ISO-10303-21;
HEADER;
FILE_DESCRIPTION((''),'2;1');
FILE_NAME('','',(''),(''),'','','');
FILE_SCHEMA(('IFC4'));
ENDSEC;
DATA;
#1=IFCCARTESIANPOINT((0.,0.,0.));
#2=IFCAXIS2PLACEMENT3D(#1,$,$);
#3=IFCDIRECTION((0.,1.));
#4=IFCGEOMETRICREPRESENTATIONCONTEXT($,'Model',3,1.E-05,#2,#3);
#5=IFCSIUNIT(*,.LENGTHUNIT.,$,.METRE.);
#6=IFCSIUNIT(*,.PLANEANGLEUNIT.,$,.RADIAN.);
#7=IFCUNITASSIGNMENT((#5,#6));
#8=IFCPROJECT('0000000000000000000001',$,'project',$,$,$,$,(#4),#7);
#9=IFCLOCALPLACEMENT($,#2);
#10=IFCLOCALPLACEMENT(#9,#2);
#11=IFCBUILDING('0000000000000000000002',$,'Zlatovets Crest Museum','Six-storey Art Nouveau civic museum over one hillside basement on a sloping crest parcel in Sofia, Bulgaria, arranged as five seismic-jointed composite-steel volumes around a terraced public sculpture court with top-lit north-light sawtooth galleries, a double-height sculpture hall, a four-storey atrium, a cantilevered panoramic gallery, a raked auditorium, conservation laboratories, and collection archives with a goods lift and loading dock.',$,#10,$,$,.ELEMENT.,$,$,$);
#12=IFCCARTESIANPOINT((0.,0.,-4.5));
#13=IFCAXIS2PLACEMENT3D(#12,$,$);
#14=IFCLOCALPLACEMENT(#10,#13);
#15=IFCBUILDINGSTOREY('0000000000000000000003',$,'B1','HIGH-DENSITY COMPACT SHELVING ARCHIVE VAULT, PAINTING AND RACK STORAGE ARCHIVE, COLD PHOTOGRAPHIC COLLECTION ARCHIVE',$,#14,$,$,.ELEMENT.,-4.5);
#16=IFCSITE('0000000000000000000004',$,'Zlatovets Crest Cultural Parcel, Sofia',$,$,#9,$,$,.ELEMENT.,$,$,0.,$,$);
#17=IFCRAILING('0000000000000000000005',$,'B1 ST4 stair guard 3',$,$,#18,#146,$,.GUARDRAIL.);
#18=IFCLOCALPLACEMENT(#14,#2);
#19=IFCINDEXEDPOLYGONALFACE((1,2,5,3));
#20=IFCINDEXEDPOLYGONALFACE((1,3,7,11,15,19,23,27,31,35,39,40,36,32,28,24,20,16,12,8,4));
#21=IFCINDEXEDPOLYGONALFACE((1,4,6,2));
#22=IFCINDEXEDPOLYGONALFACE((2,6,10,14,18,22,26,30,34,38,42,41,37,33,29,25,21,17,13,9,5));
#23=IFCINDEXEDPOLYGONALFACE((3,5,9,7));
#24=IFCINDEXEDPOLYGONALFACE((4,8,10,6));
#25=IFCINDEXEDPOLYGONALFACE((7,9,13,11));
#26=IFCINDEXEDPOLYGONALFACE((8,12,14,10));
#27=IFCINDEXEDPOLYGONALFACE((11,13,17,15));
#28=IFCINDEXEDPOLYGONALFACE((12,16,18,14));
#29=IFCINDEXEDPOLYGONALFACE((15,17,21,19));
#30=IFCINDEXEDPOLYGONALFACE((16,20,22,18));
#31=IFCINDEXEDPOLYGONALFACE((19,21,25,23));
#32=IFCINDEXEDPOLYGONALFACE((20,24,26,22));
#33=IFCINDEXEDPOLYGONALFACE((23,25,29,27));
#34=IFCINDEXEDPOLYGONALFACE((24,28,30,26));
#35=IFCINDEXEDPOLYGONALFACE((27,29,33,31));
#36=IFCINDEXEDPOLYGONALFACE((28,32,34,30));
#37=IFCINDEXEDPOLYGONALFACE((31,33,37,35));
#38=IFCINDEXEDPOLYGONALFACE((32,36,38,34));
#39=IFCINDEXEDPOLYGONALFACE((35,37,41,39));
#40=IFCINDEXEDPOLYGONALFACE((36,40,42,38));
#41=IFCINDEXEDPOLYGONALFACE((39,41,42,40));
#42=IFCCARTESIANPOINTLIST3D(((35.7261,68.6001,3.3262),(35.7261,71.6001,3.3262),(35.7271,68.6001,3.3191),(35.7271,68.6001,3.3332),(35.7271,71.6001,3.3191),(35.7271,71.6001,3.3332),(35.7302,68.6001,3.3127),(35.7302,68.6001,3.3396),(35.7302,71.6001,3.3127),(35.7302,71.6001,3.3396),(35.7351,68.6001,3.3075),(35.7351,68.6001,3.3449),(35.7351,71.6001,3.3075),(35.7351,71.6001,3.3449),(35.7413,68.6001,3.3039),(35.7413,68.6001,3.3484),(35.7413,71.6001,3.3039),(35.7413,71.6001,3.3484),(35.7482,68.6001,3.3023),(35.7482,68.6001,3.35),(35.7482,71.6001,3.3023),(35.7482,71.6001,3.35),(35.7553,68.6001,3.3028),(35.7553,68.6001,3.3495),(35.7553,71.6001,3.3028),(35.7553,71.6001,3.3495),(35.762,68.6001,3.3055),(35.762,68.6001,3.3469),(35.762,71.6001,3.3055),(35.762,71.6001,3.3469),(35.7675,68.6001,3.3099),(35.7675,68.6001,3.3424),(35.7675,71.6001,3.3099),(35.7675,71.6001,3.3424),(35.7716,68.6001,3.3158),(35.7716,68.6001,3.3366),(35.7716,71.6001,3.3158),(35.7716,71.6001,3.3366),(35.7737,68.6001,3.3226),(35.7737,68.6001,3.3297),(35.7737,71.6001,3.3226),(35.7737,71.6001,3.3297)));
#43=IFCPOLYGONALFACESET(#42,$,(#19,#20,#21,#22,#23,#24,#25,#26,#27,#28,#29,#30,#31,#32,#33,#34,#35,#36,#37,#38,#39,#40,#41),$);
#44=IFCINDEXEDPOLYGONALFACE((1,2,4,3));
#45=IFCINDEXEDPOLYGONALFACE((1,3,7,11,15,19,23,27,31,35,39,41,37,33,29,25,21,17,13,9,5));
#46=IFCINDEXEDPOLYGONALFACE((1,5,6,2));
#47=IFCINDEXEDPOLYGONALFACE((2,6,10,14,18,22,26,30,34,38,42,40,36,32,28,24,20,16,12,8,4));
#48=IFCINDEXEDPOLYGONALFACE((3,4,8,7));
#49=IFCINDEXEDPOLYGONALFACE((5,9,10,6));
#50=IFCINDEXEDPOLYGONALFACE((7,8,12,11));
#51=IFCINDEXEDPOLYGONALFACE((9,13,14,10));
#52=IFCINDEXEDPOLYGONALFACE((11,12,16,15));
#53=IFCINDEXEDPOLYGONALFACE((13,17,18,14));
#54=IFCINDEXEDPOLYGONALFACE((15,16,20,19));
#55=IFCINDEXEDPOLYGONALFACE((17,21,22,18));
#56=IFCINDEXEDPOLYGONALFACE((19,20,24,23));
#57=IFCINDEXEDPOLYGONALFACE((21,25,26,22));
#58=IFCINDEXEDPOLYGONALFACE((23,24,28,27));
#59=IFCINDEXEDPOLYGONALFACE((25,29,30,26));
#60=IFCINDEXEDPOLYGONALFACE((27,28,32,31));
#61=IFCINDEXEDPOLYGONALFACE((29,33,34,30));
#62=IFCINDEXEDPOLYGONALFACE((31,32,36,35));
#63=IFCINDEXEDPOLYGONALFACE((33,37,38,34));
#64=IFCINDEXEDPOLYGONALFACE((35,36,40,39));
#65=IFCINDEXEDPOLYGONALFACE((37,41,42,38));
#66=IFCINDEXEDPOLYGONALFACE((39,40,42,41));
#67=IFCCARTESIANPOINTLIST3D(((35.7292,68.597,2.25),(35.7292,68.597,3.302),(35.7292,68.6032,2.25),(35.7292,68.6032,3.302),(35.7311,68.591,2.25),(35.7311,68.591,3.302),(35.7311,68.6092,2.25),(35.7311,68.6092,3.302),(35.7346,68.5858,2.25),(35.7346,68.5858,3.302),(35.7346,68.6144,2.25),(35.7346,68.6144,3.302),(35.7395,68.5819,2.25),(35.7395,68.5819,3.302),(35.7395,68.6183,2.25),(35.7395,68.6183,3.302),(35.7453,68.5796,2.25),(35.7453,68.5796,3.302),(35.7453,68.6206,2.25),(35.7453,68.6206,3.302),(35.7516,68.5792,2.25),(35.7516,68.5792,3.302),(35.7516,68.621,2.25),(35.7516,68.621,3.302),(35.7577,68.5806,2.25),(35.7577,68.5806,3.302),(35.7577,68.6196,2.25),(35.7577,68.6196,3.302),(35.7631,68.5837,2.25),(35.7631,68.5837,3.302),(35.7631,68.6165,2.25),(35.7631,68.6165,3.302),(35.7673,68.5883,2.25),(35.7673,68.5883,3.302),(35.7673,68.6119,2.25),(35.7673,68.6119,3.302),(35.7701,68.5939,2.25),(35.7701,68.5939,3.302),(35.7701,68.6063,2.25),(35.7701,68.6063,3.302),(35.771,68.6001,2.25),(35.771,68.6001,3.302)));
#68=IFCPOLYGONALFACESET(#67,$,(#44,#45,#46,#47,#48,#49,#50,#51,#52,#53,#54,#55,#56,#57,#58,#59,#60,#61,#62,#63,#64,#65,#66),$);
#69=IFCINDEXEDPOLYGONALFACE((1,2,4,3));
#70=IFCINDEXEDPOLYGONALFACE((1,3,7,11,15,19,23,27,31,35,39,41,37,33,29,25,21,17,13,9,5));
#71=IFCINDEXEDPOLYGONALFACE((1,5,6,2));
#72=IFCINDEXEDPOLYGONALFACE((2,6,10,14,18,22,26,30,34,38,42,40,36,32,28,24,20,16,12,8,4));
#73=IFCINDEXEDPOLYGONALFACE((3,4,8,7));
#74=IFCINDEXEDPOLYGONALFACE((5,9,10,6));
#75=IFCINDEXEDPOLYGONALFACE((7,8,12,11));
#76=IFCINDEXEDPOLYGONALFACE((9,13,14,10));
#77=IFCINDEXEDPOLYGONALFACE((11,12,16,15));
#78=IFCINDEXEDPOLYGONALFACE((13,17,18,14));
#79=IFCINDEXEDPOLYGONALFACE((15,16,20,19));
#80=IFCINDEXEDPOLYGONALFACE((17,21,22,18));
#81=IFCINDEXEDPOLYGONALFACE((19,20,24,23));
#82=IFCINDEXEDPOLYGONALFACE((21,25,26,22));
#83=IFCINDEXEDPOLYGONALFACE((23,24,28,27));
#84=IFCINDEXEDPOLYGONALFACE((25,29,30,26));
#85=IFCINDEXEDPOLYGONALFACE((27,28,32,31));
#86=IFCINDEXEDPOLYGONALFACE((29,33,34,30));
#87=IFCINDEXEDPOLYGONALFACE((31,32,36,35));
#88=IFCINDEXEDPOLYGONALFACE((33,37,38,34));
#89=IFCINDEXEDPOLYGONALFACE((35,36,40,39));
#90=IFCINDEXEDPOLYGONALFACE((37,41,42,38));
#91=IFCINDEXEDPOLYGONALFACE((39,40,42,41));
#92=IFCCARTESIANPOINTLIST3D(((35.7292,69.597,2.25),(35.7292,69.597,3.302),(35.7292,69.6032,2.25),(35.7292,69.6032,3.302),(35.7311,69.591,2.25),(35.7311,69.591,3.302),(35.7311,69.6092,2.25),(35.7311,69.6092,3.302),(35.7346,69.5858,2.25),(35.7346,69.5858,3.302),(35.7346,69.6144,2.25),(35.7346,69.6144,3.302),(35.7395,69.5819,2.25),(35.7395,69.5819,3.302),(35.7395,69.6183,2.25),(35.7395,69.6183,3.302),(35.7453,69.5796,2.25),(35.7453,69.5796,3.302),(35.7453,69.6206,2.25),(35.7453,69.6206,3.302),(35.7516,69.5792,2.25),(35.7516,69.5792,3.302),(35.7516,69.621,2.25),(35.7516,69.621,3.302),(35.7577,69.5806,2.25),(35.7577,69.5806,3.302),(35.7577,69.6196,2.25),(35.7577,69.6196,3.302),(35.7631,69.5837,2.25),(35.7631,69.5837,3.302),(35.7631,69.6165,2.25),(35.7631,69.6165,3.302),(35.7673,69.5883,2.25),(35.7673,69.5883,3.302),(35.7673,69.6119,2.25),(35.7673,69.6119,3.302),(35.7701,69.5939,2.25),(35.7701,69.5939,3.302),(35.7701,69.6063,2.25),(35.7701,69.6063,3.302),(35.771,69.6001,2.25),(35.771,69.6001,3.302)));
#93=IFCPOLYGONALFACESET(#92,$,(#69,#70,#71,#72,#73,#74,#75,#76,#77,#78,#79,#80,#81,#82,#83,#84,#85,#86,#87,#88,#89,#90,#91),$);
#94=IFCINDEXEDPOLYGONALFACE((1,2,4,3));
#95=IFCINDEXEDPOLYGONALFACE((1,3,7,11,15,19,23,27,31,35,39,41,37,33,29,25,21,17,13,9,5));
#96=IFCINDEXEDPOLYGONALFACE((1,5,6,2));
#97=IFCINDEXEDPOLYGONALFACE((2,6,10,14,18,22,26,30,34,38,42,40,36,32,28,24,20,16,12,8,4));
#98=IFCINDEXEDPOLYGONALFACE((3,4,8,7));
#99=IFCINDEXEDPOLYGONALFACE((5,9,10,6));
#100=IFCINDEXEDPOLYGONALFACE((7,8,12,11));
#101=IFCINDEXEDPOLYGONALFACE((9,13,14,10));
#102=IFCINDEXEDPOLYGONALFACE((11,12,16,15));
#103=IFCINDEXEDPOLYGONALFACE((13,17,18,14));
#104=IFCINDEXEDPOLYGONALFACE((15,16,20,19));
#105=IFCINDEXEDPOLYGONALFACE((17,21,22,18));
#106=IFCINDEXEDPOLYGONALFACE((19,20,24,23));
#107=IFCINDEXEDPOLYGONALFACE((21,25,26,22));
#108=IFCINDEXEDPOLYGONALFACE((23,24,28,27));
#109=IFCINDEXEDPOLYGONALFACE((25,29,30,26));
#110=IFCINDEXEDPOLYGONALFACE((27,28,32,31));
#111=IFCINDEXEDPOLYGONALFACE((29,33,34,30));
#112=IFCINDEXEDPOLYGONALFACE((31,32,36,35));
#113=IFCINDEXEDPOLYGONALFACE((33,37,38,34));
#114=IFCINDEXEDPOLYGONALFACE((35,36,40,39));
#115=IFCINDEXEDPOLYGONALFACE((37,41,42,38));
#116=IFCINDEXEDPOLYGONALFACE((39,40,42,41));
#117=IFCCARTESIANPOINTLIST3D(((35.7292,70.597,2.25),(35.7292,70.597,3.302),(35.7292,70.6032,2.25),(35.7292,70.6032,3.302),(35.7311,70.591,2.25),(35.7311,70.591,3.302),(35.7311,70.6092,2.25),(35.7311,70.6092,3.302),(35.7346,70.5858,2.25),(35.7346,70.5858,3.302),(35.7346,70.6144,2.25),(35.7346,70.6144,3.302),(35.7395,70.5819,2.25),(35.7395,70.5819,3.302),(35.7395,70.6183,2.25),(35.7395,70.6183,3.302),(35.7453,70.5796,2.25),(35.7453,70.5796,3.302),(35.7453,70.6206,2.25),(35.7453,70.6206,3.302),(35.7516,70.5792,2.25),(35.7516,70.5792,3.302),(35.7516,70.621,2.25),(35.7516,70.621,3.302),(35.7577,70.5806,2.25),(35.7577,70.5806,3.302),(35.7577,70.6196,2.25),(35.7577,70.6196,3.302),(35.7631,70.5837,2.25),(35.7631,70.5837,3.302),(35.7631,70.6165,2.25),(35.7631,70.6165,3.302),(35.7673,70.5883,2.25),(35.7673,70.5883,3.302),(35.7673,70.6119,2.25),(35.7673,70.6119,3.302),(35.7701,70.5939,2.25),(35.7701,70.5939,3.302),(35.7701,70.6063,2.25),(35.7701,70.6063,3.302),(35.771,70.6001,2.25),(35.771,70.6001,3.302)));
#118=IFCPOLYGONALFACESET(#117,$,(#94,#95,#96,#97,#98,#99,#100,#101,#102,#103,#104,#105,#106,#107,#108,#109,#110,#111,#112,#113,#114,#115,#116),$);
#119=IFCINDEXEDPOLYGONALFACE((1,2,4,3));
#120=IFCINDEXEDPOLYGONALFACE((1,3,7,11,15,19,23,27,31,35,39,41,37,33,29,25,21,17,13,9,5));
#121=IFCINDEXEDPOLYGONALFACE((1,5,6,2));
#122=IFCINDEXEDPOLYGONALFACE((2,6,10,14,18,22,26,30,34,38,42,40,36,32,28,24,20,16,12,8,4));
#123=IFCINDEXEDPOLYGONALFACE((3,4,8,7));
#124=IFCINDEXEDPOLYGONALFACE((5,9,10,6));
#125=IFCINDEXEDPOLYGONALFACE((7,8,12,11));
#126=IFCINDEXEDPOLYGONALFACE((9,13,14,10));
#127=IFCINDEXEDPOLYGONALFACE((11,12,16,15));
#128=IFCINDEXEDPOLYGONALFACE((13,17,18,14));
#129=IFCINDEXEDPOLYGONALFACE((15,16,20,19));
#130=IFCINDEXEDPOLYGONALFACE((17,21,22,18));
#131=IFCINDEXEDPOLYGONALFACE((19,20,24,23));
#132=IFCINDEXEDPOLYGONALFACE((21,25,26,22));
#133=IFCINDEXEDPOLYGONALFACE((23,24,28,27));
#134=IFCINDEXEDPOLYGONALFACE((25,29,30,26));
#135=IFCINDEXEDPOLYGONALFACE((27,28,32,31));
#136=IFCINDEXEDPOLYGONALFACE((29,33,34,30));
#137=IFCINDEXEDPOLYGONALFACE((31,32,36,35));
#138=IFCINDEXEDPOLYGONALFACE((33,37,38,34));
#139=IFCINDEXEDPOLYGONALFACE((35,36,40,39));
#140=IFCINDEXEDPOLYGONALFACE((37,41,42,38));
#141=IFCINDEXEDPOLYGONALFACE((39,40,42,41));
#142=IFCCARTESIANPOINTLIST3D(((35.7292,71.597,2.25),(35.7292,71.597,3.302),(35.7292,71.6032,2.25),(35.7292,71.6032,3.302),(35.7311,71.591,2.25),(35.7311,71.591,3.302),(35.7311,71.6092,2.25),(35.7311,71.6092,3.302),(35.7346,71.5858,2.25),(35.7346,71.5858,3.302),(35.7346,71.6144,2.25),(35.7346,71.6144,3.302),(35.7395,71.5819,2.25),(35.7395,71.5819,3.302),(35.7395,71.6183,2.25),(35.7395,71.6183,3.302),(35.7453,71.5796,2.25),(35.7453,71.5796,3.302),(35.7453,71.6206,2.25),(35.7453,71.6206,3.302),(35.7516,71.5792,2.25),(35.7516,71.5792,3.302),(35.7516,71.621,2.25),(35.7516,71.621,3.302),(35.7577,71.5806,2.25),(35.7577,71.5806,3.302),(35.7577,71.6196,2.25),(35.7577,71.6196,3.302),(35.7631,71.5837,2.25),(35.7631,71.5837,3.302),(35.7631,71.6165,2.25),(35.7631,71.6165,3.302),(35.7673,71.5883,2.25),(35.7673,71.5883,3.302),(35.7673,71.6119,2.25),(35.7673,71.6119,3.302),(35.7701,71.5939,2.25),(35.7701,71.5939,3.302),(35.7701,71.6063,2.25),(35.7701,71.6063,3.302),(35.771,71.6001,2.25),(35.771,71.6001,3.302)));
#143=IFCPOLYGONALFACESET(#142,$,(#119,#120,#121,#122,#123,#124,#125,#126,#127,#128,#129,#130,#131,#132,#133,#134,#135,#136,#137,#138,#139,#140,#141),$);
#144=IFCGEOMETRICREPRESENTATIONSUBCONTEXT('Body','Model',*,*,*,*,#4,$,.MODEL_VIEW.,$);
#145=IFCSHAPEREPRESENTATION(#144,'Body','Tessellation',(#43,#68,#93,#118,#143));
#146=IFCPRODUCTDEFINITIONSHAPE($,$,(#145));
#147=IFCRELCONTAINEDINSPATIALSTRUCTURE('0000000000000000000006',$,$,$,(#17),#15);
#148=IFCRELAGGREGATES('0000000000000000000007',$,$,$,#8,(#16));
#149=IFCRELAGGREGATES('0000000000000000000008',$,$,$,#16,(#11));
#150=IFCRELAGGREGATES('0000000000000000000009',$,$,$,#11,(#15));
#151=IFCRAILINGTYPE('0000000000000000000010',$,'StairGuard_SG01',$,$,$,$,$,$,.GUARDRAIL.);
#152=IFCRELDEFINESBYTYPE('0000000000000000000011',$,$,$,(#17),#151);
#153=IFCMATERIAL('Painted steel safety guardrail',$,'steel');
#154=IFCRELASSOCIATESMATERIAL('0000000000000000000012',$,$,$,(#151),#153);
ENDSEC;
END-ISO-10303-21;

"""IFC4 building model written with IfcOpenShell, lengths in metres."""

from ifc_helpers import new_model, si_unit, direction, frame, origin, origin_2d, place, context, subcontext, project, spatial, circle, extrude, material, type_object, element, save


model = new_model("IFC4")

# Units and contexts
model_context = context("Model", 3, precision=1e-05, world=origin(), true_north=direction((0.0, 1.0)))
body_context = subcontext(model_context, "Body", "Model", "MODEL_VIEW")
ifc_project = project(units=[si_unit("LENGTHUNIT", "METRE"), si_unit("PLANEANGLEUNIT", "RADIAN")], contexts=[model_context])

# Site, building, storey
site_placement = place(None, origin())
site = spatial("IfcSite", under=ifc_project, at=site_placement, Name="Zlatovets Crest Cultural Parcel, Sofia", CompositionType="ELEMENT", RefElevation=0.0)
building_placement = place(site_placement, origin())
building = spatial("IfcBuilding", under=site, at=building_placement, Name="Zlatovets Crest Museum", Description="Six-storey Art Nouveau civic museum over one hillside basement on a sloping crest parcel in Sofia, Bulgaria, arranged as five seismic-jointed composite-steel volumes around a terraced public sculpture court with top-lit north-light sawtooth galleries, a double-height sculpture hall, a four-storey atrium, a cantilevered panoramic gallery, a raked auditorium, conservation laboratories, and collection archives with a goods lift and loading dock.", CompositionType="ELEMENT")
storey_placement = place(building_placement, frame((0.0, 0.0, -4.5)))
storey = spatial("IfcBuildingStorey", under=building, at=storey_placement, Name="B1", Description="HIGH-DENSITY COMPACT SHELVING ARCHIVE VAULT, PAINTING AND RACK STORAGE ARCHIVE, COLD PHOTOGRAPHIC COLLECTION ARCHIVE", CompositionType="ELEMENT", Elevation=-4.5)

# Railing
ifc_material_1 = material(Name="Painted steel safety guardrail", Category="steel")
railing_type_1 = type_object("IfcRailingType", Name="StairGuard_SG01", PredefinedType="GUARDRAIL", material=ifc_material_1)
for number, where, name in (
    (1, (35.75, 68.6001, 2.25), "B1 ST4 stair guard 3"),
):
    element("IfcRailing", number, at=place(storey_placement, frame(where)), inside=storey, type_object=railing_type_1, Name=name, PredefinedType="GUARDRAIL", context=body_context, shape_type="SweptSolid", body=[
        extrude(circle(Radius=0.0239, at=origin_2d()), frame((0.0, 0.0, 1.0762), z_axis=(0.0, 1.0, 0.0), x_axis=(-1.0, 0.0, 0.0)), (0.0, 0.0, 1.0), 3.0),
        extrude(circle(Radius=0.021, at=origin_2d()), origin(), (0.0, 0.0, 1.0), 1.052),
        extrude(circle(Radius=0.021, at=origin_2d()), frame((0.0, 1.0, 0.0)), (0.0, 0.0, 1.0), 1.052),
        extrude(circle(Radius=0.021, at=origin_2d()), frame((0.0, 2.0, 0.0)), (0.0, 0.0, 1.0), 1.052),
        extrude(circle(Radius=0.021, at=origin_2d()), frame((0.0, 3.0, 0.0)), (0.0, 0.0, 1.0), 1.052),
    ])

save(model, "model.ifc")
